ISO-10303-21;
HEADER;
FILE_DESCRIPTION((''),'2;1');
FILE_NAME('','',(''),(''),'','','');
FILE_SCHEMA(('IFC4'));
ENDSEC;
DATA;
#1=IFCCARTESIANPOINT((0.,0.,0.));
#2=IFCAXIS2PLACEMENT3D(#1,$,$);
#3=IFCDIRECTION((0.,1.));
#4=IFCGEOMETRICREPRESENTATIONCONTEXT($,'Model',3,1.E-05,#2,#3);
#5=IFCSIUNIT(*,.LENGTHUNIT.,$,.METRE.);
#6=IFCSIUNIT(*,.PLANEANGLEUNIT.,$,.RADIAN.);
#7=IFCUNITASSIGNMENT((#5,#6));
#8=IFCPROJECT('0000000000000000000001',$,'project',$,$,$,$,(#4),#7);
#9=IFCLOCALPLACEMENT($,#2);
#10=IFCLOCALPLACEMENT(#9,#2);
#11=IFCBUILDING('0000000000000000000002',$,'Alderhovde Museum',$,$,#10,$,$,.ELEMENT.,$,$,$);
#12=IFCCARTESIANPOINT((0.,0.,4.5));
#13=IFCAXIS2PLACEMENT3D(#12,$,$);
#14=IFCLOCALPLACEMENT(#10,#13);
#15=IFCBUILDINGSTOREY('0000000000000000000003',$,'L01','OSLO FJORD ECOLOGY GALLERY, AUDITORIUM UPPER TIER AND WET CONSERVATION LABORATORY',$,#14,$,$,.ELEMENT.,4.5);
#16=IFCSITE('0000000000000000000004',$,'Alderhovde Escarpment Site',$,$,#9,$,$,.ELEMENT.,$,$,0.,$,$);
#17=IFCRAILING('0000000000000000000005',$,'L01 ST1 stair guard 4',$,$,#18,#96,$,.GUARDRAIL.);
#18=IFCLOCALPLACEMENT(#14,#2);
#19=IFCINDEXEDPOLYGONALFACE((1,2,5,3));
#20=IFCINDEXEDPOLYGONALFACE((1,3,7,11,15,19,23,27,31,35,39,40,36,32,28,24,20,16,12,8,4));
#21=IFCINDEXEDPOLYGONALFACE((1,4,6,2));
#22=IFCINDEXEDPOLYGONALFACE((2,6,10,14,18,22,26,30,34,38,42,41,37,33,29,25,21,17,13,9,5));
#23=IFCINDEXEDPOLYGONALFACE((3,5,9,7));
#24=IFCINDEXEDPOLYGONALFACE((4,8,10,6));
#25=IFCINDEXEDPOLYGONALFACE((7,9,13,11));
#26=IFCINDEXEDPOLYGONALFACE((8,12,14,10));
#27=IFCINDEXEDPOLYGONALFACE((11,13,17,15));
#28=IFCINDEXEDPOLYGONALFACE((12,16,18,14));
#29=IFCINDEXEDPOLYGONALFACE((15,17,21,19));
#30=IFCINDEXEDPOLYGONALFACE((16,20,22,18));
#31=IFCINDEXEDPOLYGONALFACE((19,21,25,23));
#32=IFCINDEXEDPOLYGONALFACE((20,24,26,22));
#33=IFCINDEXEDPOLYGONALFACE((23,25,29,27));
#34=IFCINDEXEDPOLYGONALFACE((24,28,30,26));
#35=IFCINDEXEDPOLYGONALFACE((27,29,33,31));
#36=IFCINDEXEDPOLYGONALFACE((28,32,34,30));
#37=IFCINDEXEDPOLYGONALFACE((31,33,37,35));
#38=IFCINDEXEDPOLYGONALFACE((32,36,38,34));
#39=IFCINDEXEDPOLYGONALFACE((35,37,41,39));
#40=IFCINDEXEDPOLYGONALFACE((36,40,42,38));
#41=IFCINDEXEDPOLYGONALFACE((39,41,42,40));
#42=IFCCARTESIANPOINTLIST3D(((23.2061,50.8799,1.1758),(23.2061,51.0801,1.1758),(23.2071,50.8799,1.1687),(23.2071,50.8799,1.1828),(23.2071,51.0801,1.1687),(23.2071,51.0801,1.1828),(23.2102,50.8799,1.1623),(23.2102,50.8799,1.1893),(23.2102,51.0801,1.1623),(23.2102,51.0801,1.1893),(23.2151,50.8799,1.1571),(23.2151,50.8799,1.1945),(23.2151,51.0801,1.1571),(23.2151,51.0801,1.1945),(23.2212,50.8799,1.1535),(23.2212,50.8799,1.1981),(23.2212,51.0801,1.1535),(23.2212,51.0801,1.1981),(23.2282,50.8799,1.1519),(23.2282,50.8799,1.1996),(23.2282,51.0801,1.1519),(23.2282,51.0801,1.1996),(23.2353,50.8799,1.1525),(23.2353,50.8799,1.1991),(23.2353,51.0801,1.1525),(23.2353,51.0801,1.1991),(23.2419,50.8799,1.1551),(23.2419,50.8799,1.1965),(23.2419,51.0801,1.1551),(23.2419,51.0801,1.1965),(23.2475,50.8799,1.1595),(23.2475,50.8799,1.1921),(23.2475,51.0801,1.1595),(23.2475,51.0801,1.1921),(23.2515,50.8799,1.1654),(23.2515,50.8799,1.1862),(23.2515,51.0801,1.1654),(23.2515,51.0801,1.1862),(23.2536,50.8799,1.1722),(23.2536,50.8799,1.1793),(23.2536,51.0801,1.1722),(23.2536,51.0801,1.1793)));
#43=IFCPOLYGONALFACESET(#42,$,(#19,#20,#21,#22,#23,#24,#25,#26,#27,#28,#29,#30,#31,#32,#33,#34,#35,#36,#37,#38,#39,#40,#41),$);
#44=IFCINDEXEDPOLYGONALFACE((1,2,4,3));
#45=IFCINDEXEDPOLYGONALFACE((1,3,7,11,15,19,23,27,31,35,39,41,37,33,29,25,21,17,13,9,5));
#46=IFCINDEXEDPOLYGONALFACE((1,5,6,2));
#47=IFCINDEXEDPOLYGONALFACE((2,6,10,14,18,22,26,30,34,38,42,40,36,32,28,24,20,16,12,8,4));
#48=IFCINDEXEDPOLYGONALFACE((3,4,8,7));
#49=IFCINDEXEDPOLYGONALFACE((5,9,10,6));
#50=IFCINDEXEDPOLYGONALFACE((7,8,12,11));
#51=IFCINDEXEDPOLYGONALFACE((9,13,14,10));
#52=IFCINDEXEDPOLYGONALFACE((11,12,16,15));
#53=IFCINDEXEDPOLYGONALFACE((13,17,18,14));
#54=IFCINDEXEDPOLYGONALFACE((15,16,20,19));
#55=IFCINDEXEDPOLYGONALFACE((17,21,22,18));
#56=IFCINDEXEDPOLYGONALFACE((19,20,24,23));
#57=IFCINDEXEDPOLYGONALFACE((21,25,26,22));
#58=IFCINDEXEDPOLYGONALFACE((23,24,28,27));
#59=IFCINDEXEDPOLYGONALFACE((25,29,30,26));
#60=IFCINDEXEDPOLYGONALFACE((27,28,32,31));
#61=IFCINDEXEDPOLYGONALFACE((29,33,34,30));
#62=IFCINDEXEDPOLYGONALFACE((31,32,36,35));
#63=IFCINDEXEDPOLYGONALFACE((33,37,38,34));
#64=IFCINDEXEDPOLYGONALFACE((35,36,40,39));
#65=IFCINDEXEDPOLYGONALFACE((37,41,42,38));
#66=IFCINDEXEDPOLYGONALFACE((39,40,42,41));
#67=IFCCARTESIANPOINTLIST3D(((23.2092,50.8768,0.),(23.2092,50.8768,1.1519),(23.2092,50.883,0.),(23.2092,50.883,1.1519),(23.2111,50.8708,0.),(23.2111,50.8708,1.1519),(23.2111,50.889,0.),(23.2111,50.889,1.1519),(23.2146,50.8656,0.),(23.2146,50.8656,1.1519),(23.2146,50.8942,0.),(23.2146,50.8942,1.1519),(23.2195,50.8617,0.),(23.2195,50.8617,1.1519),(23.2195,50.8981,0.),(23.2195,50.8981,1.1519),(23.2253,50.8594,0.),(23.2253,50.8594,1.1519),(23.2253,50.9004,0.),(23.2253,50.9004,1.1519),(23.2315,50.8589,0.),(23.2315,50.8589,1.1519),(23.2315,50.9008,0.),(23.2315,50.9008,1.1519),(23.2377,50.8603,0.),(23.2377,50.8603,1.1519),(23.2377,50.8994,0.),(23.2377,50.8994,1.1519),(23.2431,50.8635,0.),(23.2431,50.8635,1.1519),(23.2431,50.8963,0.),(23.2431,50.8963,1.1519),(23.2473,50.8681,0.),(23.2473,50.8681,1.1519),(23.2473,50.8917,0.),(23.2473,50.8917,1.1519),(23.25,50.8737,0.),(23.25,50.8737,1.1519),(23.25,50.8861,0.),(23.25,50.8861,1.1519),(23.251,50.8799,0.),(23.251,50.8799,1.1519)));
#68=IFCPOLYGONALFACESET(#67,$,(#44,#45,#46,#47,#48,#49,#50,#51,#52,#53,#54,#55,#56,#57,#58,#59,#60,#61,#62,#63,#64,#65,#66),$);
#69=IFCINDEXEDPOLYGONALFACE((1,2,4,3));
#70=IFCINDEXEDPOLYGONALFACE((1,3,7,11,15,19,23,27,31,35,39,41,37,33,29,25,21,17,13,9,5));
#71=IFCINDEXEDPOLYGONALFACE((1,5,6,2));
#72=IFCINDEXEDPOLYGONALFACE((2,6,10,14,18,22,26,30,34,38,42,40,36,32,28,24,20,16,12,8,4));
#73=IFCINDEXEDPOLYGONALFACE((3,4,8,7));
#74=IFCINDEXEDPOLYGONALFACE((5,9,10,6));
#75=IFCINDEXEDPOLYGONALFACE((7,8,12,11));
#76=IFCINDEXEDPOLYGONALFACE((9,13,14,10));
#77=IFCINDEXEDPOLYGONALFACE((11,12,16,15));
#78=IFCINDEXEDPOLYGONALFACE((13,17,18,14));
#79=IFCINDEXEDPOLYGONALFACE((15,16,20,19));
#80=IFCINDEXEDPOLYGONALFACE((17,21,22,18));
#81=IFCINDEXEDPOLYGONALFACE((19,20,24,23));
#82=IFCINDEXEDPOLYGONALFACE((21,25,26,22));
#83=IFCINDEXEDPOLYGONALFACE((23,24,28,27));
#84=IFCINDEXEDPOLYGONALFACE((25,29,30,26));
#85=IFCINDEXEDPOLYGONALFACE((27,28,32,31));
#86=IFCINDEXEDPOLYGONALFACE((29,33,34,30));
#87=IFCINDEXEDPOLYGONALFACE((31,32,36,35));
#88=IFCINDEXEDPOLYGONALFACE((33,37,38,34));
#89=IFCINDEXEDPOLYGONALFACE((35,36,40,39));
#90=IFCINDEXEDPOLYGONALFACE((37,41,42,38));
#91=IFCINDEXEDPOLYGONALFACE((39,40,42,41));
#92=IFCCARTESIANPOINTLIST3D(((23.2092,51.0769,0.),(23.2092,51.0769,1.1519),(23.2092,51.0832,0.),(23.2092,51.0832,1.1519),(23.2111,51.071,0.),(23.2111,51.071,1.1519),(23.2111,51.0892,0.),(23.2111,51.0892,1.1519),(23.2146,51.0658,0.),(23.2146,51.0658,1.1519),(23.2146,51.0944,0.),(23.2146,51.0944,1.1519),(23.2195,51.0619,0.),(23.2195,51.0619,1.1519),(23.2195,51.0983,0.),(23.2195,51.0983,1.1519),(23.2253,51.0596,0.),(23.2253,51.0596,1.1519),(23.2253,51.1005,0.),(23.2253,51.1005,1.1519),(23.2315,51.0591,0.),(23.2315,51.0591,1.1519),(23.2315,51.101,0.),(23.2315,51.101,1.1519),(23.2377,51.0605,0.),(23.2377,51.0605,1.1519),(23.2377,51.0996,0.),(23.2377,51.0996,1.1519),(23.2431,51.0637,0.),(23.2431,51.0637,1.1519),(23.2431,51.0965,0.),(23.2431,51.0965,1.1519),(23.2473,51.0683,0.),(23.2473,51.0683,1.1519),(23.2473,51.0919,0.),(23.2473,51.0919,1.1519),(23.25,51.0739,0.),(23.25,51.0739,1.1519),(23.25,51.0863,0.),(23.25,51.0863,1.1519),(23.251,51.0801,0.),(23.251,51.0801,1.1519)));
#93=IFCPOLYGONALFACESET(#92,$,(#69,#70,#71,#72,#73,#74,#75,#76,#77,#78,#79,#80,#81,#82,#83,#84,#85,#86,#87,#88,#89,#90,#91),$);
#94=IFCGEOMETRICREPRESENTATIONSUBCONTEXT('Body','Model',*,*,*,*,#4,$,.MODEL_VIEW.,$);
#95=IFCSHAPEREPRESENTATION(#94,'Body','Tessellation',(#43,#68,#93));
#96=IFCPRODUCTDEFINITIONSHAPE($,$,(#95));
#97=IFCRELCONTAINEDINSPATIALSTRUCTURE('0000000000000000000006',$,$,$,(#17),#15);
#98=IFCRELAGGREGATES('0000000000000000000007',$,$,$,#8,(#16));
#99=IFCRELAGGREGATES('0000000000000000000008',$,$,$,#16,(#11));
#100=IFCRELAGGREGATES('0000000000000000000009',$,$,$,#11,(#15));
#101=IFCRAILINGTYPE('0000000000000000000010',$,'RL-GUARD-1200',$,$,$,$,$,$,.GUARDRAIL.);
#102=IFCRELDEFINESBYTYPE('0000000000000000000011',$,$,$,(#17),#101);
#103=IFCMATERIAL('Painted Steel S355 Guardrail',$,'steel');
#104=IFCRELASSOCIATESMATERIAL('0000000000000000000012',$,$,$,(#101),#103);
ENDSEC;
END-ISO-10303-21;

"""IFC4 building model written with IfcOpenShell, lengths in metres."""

from ifc_helpers import new_model, si_unit, direction, frame, origin, origin_2d, place, context, subcontext, project, spatial, circle, extrude, material, type_object, element, save


model = new_model("IFC4")

# Units and contexts
model_context = context("Model", 3, precision=1e-05, world=origin(), true_north=direction((0.0, 1.0)))
body_context = subcontext(model_context, "Body", "Model", "MODEL_VIEW")
ifc_project = project(units=[si_unit("LENGTHUNIT", "METRE"), si_unit("PLANEANGLEUNIT", "RADIAN")], contexts=[model_context])

# Site, building, storey
site_placement = place(None, origin())
site = spatial("IfcSite", under=ifc_project, at=site_placement, Name="Alderhovde Escarpment Site", CompositionType="ELEMENT", RefElevation=0.0)
building_placement = place(site_placement, origin())
building = spatial("IfcBuilding", under=site, at=building_placement, Name="Alderhovde Museum", CompositionType="ELEMENT")
storey_placement = place(building_placement, frame((0.0, 0.0, 4.5)))
storey = spatial("IfcBuildingStorey", under=building, at=storey_placement, Name="L01", Description="OSLO FJORD ECOLOGY GALLERY, AUDITORIUM UPPER TIER AND WET CONSERVATION LABORATORY", CompositionType="ELEMENT", Elevation=4.5)

# Railing
ifc_material_1 = material(Name="Painted Steel S355 Guardrail", Category="steel")
railing_type_1 = type_object("IfcRailingType", Name="RL-GUARD-1200", PredefinedType="GUARDRAIL", material=ifc_material_1)
railing_1_placement = place(storey_placement, frame((23.23, 50.8799, 0.0)))
element("IfcRailing", 1, at=railing_1_placement, inside=storey, type_object=railing_type_1, Name="L01 ST1 stair guard 4", PredefinedType="GUARDRAIL", context=body_context, shape_type="SweptSolid", body=[
    extrude(circle(Radius=0.0239, at=origin_2d()), frame((0.0, 0.0, 1.1758), z_axis=(0.0, 1.0, 0.0), x_axis=(-1.0, 0.0, 0.0)), (0.0, 0.0, 1.0), 0.2002),
    extrude(circle(Radius=0.021, at=origin_2d()), origin(), (0.0, 0.0, 1.0), 1.1519),
    extrude(circle(Radius=0.021, at=origin_2d()), frame((0.0, 0.2002, 0.0)), (0.0, 0.0, 1.0), 1.1519),
])

save(model, "model.ifc")
